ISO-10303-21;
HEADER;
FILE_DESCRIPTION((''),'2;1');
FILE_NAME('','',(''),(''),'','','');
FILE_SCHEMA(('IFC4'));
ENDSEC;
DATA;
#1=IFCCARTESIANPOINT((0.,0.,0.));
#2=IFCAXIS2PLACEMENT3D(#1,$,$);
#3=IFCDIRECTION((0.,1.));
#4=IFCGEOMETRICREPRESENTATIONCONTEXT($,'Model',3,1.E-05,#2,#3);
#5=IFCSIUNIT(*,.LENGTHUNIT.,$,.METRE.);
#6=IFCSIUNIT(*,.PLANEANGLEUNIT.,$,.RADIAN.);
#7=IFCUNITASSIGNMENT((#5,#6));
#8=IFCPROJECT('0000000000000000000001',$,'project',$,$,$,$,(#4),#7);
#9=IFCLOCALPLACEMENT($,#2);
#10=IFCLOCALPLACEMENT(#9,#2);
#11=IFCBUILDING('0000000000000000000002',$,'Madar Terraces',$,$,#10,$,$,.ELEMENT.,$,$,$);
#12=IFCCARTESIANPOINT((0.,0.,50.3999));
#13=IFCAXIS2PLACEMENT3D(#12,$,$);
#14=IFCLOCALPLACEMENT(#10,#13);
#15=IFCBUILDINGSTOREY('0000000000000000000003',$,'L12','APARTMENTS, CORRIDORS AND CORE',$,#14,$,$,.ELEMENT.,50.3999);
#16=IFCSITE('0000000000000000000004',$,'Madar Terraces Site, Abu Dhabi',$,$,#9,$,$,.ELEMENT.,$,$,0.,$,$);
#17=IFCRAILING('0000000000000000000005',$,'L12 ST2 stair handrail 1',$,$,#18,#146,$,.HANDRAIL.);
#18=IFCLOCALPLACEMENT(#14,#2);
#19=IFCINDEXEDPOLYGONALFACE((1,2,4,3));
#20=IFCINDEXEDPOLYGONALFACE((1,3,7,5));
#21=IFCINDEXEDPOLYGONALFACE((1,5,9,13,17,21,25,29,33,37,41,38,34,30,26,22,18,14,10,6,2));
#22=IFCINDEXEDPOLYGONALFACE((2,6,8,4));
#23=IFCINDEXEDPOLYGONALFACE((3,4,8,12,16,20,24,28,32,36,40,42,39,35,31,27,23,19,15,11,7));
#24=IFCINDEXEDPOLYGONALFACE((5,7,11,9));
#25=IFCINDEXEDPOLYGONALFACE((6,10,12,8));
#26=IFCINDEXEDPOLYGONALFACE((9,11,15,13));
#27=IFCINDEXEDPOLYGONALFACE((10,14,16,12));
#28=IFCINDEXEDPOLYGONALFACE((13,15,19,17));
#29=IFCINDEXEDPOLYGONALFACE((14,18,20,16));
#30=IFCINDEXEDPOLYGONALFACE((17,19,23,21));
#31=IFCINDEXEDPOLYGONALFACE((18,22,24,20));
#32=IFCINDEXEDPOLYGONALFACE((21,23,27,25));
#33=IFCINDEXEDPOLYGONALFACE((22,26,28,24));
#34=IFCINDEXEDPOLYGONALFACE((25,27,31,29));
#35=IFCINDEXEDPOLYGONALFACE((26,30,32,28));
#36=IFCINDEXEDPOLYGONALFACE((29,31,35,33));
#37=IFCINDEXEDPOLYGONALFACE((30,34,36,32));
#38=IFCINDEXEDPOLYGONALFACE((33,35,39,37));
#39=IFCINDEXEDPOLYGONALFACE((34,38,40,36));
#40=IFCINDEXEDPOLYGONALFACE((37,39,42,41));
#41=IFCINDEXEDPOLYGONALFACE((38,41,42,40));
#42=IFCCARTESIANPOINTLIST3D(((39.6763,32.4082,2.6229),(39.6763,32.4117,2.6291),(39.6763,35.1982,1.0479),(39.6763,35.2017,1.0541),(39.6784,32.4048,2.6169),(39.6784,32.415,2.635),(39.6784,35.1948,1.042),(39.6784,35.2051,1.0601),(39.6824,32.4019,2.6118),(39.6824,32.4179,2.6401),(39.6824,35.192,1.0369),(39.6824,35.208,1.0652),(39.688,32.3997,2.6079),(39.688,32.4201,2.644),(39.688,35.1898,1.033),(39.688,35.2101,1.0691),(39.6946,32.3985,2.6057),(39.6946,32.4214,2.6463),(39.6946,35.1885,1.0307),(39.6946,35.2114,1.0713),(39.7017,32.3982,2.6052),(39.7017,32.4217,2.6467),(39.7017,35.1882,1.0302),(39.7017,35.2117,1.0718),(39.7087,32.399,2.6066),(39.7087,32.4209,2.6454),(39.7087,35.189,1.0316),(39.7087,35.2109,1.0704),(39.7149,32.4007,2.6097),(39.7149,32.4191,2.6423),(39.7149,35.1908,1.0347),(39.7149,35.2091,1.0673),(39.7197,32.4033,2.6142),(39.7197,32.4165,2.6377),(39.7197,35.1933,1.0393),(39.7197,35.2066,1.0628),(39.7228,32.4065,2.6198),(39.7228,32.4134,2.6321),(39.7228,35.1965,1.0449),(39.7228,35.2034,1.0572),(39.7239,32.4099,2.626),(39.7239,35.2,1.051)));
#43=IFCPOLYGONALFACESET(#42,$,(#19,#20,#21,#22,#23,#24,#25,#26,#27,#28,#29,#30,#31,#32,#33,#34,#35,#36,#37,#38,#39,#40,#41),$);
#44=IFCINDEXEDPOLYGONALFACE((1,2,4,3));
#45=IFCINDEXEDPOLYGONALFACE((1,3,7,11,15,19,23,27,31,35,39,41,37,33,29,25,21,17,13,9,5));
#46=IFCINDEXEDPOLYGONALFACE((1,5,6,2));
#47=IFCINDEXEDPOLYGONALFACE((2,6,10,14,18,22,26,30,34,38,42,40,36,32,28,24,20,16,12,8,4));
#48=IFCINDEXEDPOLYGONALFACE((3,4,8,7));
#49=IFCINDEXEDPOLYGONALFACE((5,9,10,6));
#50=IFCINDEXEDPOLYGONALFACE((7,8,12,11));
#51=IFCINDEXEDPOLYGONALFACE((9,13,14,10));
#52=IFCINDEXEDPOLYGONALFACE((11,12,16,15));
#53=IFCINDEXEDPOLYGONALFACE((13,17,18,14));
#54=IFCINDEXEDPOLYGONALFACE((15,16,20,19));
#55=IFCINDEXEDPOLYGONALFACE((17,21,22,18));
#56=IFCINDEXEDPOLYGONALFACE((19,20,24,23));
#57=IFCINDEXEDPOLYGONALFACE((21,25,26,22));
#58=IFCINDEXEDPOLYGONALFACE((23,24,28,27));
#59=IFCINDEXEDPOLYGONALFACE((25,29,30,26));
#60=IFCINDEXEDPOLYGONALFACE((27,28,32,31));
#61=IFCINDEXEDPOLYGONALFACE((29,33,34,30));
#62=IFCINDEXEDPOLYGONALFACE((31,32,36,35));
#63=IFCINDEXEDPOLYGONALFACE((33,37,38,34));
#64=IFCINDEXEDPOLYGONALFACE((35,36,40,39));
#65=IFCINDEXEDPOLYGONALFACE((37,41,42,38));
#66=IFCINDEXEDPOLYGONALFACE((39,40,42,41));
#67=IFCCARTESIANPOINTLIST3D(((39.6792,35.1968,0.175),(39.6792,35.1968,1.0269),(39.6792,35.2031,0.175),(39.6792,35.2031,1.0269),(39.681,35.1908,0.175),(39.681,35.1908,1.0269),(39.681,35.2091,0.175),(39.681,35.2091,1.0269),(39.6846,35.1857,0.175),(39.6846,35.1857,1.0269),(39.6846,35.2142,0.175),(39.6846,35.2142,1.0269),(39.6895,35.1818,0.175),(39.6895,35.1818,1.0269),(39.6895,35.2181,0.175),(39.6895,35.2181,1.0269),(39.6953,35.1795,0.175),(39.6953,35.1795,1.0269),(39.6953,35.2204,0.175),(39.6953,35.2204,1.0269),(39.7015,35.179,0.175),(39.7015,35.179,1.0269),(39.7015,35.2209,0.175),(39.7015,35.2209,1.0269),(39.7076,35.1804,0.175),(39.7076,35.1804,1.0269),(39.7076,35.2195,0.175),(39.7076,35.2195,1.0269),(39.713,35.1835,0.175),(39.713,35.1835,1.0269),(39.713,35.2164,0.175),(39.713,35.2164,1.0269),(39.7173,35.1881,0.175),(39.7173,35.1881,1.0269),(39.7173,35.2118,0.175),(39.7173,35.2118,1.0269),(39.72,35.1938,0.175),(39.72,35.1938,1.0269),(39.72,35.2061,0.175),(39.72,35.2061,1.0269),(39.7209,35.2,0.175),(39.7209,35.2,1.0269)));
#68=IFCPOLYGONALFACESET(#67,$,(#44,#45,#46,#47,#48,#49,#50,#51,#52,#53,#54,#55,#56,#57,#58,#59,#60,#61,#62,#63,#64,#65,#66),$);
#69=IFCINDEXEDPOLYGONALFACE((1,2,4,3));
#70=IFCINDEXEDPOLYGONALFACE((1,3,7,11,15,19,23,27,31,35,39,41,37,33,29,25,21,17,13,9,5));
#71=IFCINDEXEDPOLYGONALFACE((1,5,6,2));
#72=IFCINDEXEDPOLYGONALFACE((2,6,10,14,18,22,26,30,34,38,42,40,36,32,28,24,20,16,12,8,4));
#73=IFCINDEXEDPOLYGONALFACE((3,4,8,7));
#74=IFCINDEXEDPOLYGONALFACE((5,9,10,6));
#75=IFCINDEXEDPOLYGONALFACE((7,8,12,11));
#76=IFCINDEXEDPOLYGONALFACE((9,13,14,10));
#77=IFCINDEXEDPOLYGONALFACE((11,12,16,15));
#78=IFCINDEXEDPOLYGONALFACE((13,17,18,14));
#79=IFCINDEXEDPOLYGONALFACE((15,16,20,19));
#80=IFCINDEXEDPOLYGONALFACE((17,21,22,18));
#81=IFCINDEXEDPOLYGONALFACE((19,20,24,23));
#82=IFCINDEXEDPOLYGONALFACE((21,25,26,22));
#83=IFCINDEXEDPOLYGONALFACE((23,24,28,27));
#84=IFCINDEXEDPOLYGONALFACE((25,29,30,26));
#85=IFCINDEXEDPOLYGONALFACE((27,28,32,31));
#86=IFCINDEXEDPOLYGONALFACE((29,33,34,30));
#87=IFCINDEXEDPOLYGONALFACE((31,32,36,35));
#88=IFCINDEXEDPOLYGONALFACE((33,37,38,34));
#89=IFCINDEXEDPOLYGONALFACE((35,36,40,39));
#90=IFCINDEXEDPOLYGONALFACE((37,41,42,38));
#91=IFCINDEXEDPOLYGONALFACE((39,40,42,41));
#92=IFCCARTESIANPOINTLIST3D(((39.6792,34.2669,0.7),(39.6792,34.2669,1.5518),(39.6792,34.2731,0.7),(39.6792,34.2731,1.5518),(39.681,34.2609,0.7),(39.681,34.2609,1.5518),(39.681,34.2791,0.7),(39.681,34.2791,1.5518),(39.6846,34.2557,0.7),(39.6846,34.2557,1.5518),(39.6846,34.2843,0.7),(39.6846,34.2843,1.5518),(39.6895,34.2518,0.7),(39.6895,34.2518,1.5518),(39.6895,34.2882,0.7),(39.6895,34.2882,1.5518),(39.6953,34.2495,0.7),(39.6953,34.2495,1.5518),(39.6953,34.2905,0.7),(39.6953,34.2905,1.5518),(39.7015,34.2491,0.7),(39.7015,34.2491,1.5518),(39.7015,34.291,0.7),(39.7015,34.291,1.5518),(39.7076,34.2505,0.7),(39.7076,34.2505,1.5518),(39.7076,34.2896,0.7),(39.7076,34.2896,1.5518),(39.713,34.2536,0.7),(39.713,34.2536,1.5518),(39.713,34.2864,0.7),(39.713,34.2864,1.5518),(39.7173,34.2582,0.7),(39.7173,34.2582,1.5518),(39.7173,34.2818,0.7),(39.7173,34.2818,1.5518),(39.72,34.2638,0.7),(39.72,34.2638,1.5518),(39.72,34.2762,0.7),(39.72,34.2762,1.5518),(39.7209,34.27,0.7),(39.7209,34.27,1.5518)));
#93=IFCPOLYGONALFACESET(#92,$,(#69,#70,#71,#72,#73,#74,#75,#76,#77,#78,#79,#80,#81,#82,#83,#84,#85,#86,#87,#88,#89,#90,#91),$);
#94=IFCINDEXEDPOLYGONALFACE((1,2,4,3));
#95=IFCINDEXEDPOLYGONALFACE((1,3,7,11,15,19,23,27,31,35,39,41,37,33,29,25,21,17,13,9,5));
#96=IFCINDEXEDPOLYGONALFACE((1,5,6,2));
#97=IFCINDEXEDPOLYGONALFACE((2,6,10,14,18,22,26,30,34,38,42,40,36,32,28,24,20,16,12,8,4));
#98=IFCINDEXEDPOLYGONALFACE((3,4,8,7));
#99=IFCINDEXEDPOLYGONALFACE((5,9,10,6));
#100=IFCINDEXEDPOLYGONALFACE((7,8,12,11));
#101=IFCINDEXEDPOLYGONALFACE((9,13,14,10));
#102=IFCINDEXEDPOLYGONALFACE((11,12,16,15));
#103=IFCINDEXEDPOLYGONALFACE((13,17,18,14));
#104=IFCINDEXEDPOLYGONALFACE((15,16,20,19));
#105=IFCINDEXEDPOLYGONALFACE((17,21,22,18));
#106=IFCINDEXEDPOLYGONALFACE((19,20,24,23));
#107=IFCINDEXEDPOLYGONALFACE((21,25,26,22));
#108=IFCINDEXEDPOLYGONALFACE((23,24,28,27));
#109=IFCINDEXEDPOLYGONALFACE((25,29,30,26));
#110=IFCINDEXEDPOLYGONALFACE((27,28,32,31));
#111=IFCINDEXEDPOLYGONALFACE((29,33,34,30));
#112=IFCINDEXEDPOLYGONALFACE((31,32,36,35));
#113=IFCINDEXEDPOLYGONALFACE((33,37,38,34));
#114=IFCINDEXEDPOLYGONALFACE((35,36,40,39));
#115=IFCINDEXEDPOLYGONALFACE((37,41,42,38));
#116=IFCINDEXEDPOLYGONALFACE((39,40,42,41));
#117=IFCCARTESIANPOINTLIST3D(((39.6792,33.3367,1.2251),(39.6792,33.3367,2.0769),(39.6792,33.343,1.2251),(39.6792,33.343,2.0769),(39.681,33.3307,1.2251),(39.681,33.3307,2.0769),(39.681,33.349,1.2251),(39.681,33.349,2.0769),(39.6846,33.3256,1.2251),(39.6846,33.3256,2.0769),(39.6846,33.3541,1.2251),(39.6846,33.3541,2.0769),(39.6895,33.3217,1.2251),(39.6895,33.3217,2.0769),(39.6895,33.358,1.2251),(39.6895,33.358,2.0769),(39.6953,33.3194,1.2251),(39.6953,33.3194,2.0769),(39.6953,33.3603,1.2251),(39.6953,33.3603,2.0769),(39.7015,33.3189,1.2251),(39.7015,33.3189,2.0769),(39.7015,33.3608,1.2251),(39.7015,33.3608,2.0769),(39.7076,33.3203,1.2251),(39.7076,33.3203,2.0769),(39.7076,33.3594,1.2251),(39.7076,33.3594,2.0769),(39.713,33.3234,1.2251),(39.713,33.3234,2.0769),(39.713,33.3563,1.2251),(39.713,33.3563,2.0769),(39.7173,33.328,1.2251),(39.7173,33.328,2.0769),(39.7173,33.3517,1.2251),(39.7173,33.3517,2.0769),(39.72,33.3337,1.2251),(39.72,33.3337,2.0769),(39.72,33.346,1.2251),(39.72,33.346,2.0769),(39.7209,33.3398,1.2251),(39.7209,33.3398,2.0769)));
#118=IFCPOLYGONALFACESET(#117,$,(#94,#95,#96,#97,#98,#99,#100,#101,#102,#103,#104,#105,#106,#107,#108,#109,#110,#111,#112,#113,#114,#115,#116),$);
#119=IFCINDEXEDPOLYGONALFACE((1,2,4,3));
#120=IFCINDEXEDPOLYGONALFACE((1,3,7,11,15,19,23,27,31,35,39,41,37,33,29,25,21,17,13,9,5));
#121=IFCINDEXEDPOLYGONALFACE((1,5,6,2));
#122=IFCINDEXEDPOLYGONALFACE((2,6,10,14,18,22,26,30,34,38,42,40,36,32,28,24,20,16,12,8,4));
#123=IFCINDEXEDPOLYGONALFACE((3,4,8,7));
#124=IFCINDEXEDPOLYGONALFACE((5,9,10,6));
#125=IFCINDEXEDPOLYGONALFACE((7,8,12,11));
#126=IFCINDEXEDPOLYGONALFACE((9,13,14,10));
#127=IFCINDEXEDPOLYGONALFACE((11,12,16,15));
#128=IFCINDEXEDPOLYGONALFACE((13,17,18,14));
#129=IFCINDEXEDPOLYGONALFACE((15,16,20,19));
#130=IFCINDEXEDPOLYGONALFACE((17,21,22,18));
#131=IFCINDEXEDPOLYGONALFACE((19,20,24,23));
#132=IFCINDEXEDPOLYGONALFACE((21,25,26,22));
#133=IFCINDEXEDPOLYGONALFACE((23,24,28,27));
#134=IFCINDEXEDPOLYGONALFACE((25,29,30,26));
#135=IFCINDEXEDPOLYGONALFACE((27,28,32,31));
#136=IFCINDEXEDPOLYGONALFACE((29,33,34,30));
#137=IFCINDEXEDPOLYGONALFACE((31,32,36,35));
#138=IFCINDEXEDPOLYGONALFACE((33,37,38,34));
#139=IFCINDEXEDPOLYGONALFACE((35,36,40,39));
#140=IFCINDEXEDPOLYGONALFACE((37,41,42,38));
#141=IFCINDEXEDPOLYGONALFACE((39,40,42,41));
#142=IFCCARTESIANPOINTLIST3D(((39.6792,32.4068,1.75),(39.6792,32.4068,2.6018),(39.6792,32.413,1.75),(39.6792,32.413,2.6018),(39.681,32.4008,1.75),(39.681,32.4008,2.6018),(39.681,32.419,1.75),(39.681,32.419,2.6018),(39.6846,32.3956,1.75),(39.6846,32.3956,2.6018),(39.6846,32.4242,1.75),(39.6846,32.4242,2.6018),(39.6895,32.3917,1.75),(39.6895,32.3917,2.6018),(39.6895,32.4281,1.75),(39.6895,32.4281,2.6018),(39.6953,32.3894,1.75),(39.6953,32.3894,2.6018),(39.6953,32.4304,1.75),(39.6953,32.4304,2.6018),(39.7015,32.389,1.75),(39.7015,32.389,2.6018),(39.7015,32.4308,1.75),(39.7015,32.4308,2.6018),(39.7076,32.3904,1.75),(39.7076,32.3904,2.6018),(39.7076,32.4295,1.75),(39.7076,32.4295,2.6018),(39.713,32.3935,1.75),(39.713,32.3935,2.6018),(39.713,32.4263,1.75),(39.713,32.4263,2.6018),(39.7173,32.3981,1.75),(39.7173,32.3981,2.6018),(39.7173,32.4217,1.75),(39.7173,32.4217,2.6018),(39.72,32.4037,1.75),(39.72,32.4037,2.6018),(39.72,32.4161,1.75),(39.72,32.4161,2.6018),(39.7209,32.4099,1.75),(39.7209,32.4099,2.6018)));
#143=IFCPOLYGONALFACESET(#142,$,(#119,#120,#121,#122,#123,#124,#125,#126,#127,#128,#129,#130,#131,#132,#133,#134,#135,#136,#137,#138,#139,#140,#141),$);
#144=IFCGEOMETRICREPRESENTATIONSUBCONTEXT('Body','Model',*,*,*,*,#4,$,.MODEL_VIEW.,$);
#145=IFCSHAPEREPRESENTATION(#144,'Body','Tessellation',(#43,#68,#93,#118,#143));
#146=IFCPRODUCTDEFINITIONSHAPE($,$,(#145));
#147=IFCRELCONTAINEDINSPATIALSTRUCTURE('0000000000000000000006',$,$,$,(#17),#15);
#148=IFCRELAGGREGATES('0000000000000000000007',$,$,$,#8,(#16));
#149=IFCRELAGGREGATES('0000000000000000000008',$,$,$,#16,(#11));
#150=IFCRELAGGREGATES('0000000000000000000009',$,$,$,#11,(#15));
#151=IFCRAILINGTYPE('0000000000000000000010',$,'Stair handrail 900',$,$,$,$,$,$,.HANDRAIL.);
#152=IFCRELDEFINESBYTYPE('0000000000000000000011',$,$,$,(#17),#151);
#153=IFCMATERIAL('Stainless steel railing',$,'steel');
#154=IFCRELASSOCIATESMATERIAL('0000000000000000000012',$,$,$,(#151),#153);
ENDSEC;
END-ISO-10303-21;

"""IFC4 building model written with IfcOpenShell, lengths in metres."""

from ifc_helpers import new_model, si_unit, direction, frame, origin, origin_2d, place, context, subcontext, project, spatial, circle, extrude, material, type_object, element, save


model = new_model("IFC4")

# Units and contexts
model_context = context("Model", 3, precision=1e-05, world=origin(), true_north=direction((0.0, 1.0)))
body_context = subcontext(model_context, "Body", "Model", "MODEL_VIEW")
ifc_project = project(units=[si_unit("LENGTHUNIT", "METRE"), si_unit("PLANEANGLEUNIT", "RADIAN")], contexts=[model_context])

# Site, building, storey
site_placement = place(None, origin())
site = spatial("IfcSite", under=ifc_project, at=site_placement, Name="Madar Terraces Site, Abu Dhabi", CompositionType="ELEMENT", RefElevation=0.0)
building_placement = place(site_placement, origin())
building = spatial("IfcBuilding", under=site, at=building_placement, Name="Madar Terraces", CompositionType="ELEMENT")
storey_placement = place(building_placement, frame((0.0, 0.0, 50.3999)))
storey = spatial("IfcBuildingStorey", under=building, at=storey_placement, Name="L12", Description="APARTMENTS, CORRIDORS AND CORE", CompositionType="ELEMENT", Elevation=50.3999)

# Railing
ifc_material_1 = material(Name="Stainless steel railing", Category="steel")
railing_type_1 = type_object("IfcRailingType", Name="Stair handrail 900", PredefinedType="HANDRAIL", material=ifc_material_1)
railing_1_placement = place(storey_placement, frame((39.7, 35.2, 0.175)))
element("IfcRailing", 1, at=railing_1_placement, inside=storey, type_object=railing_type_1, Name="L12 ST2 stair handrail 1", PredefinedType="HANDRAIL", context=body_context, shape_type="SweptSolid", body=[
    extrude(circle(Radius=0.0239, at=origin_2d()), frame((0.0, 0.0, 0.876), z_axis=(0.0, -0.870834, 0.491578), x_axis=(1.0, 0.0, 0.0)), (0.0, 0.0, 1.0), 3.2039),
    extrude(circle(Radius=0.021, at=origin_2d()), origin(), (0.0, 0.0, 1.0), 0.8518),
    extrude(circle(Radius=0.021, at=origin_2d()), frame((0.0, -0.9299, 0.5249)), (0.0, 0.0, 1.0), 0.8518),
    extrude(circle(Radius=0.021, at=origin_2d()), frame((0.0, -1.8601, 1.05)), (0.0, 0.0, 1.0), 0.8518),
    extrude(circle(Radius=0.021, at=origin_2d()), frame((0.0, -2.79, 1.575)), (0.0, 0.0, 1.0), 0.8518),
])

save(model, "model.ifc")
